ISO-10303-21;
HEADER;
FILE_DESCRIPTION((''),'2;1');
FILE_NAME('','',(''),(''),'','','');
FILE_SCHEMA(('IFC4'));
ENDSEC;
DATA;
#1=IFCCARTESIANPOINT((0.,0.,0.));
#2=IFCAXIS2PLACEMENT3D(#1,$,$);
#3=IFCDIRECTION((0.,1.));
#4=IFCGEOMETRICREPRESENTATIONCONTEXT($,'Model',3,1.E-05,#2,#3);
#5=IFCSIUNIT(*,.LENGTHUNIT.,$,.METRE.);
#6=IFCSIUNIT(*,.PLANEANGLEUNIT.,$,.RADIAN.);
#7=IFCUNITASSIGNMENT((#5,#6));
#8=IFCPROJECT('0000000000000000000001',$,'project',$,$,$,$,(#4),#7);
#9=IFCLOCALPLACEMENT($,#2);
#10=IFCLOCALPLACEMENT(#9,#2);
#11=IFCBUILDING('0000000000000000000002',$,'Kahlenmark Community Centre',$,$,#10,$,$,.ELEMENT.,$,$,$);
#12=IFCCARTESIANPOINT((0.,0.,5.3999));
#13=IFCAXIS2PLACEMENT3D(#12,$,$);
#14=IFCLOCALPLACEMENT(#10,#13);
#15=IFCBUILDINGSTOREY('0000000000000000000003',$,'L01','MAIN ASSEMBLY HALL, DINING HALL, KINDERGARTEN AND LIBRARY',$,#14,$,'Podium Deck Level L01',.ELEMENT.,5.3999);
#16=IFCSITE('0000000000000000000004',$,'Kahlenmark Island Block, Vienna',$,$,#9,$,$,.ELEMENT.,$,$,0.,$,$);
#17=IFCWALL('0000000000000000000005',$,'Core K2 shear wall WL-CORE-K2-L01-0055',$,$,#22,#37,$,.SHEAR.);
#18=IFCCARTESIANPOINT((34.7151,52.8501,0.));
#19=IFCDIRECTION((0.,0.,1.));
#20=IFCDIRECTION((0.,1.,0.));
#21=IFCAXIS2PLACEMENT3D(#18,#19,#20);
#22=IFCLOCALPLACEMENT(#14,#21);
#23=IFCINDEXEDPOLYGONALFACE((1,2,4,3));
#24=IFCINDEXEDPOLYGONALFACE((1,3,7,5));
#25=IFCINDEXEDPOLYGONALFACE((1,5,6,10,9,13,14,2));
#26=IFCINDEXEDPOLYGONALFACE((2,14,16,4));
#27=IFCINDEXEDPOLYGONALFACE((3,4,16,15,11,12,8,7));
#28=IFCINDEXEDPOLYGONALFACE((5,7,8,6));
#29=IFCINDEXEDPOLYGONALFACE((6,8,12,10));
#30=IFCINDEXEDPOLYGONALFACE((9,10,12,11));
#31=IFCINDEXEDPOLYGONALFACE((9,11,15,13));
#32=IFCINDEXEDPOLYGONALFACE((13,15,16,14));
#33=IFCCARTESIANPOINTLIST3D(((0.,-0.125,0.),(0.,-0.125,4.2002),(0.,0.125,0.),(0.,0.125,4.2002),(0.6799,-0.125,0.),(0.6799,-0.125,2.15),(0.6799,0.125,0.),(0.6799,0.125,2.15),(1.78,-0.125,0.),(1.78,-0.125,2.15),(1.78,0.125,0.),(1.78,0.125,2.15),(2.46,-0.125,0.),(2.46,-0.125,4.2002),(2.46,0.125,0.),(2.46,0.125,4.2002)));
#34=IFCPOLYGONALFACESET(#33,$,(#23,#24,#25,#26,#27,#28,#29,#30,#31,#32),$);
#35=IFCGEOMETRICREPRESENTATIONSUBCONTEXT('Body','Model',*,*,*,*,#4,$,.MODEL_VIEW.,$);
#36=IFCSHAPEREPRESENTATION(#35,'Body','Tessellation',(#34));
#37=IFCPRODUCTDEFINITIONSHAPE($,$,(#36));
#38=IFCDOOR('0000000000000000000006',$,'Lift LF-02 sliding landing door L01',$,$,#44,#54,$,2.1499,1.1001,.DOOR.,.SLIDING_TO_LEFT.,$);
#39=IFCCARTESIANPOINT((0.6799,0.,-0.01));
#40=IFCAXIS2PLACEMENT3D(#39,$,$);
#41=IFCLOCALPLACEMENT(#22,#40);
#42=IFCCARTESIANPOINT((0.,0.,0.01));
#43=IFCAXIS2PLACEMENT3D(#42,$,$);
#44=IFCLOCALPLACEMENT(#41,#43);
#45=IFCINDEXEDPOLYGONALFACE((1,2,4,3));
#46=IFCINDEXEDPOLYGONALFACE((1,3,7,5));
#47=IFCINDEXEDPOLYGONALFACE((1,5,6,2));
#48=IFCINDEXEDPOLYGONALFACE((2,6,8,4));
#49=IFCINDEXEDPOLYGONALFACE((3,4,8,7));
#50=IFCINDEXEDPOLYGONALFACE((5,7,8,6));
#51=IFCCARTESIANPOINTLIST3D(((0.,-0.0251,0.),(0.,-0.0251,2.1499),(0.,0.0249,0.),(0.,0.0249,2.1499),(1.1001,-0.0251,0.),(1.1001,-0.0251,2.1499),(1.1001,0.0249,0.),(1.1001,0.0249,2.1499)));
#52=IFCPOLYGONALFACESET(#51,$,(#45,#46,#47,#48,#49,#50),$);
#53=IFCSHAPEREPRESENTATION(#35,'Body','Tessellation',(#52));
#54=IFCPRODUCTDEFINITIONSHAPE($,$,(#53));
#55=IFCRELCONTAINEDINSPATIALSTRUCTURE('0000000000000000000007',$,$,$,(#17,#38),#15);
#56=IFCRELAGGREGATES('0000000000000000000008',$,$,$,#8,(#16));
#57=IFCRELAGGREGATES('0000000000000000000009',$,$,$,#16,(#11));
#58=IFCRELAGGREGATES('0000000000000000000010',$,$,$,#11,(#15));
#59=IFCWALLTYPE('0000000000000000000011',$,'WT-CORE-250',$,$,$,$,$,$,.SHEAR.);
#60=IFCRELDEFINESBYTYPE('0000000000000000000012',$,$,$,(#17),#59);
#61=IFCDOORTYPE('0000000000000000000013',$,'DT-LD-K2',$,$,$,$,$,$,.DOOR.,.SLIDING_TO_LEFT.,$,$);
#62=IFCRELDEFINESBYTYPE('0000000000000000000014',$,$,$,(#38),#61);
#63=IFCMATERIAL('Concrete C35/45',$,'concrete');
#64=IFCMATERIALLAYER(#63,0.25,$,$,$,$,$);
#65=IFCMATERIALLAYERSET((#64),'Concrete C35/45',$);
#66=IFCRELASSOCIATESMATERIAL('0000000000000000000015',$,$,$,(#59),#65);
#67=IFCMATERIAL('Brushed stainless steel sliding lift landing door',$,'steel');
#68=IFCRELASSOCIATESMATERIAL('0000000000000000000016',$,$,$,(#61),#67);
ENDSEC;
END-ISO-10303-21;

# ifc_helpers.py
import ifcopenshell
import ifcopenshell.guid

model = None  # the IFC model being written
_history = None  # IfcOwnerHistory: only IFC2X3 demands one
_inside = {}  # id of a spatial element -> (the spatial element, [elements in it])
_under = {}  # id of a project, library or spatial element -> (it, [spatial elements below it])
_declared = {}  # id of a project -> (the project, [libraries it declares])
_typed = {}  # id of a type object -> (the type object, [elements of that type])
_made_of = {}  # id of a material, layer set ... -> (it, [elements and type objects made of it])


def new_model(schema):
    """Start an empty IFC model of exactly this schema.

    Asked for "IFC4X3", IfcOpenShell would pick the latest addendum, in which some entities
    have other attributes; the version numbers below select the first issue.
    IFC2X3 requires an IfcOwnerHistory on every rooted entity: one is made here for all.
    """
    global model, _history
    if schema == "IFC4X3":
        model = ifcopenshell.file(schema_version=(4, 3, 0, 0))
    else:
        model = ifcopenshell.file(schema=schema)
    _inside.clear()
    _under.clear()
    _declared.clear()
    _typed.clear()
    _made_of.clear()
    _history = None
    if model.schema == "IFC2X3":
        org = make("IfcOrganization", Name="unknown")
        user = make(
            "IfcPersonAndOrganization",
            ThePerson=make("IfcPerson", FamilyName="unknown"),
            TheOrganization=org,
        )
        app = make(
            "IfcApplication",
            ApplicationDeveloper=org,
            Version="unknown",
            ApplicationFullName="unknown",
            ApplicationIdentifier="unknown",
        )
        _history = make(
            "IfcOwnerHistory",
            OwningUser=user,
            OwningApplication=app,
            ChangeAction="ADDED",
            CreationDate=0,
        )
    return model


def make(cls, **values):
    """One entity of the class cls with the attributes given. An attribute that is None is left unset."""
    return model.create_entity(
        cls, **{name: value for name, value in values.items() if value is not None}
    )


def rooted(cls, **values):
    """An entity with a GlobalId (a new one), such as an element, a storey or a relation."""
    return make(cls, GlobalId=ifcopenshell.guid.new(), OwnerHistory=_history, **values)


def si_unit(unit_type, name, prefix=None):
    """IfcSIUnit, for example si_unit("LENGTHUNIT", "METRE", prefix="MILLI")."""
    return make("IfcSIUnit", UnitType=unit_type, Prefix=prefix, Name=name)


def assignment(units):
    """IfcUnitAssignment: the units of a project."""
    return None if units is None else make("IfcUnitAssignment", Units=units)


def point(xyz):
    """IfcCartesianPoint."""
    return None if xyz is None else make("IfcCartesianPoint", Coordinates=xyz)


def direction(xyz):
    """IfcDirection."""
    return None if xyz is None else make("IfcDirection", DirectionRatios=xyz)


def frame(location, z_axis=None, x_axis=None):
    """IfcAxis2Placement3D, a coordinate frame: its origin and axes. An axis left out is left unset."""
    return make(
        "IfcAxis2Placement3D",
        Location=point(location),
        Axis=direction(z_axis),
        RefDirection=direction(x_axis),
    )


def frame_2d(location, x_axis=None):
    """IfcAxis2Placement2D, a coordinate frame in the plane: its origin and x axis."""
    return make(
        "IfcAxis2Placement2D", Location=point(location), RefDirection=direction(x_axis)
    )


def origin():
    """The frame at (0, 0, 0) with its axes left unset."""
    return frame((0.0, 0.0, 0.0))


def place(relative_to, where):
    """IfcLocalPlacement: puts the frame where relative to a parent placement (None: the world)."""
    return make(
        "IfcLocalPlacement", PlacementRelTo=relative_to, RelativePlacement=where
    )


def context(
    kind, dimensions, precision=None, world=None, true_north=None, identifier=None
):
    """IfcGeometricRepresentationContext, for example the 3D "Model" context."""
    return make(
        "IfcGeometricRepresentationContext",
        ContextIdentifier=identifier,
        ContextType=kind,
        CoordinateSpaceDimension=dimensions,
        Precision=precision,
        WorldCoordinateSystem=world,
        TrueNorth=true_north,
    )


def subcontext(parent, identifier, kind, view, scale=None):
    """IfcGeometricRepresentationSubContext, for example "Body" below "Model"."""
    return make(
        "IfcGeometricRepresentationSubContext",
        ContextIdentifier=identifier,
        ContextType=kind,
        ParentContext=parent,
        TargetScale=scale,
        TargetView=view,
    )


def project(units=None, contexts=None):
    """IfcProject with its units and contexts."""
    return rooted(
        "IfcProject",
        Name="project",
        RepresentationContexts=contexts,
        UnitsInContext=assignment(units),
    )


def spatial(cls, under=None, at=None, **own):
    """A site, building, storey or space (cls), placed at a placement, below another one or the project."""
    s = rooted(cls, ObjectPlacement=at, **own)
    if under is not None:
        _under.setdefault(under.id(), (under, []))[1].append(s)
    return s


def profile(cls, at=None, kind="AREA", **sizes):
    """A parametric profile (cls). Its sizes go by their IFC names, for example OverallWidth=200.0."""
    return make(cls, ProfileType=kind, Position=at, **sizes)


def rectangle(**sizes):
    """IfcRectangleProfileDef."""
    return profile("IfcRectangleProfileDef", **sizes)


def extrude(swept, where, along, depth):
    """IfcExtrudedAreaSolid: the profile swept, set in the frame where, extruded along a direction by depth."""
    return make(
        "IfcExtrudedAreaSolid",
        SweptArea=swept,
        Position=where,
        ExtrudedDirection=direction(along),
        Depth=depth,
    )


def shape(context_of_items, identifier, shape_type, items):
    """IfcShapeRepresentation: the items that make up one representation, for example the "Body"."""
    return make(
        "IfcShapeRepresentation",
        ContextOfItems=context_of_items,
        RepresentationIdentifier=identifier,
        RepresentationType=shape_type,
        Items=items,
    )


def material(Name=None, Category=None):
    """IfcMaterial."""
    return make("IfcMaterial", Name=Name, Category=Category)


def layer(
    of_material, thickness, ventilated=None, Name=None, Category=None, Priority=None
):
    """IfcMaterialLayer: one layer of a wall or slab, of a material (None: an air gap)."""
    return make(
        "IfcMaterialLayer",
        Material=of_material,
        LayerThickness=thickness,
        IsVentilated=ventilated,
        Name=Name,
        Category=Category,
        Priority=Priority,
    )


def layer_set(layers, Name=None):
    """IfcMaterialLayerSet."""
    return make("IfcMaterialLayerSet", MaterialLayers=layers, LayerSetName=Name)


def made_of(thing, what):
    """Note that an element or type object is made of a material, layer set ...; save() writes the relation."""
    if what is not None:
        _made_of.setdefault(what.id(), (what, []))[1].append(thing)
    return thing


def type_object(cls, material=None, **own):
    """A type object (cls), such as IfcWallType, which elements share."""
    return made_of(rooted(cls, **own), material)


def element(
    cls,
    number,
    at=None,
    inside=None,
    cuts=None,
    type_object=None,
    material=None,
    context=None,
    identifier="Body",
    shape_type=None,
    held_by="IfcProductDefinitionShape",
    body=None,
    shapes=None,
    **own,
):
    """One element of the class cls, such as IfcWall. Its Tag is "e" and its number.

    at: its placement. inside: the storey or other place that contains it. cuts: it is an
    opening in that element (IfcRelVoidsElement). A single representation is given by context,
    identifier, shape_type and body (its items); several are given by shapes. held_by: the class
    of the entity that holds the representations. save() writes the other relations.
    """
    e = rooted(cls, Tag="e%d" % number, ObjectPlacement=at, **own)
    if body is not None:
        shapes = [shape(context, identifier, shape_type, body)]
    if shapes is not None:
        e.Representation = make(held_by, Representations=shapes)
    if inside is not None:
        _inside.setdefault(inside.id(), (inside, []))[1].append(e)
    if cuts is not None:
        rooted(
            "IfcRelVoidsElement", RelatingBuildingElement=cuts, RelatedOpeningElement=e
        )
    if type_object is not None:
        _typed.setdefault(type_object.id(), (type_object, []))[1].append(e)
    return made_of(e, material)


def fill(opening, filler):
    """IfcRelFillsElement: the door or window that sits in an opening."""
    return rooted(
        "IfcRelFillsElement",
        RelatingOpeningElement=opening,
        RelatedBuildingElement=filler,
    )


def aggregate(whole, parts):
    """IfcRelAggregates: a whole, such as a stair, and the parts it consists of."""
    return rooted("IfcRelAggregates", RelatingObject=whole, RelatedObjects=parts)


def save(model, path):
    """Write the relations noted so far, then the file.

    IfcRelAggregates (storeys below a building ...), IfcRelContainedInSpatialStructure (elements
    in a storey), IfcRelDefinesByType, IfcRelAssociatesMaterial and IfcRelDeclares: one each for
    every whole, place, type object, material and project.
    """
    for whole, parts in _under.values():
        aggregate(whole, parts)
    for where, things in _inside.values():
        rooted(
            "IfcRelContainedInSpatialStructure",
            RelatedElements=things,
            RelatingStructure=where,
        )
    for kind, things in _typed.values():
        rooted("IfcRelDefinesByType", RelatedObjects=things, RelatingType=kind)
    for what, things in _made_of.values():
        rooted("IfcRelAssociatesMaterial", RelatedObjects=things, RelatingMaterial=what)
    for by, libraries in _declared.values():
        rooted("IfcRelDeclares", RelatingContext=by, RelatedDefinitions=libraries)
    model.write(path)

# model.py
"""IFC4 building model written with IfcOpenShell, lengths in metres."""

from ifc_helpers import new_model, si_unit, direction, frame, frame_2d, origin, place, context, subcontext, project, spatial, rectangle, extrude, material, layer, layer_set, type_object, element, fill, save


model = new_model("IFC4")

# Units and contexts
model_context = context("Model", 3, precision=1e-05, world=origin(), true_north=direction((0.0, 1.0)))
body_context = subcontext(model_context, "Body", "Model", "MODEL_VIEW")
ifc_project = project(units=[si_unit("LENGTHUNIT", "METRE"), si_unit("PLANEANGLEUNIT", "RADIAN")], contexts=[model_context])

# Site, building, storey
site_placement = place(None, origin())
site = spatial("IfcSite", under=ifc_project, at=site_placement, Name="Kahlenmark Island Block, Vienna", CompositionType="ELEMENT", RefElevation=0.0)
building_placement = place(site_placement, origin())
building = spatial("IfcBuilding", under=site, at=building_placement, Name="Kahlenmark Community Centre", CompositionType="ELEMENT")
storey_placement = place(building_placement, frame((0.0, 0.0, 5.3999)))
storey = spatial("IfcBuildingStorey", under=building, at=storey_placement, Name="L01", Description="MAIN ASSEMBLY HALL, DINING HALL, KINDERGARTEN AND LIBRARY", LongName="Podium Deck Level L01", CompositionType="ELEMENT", Elevation=5.3999)

# Shared definitions
ifc_material_1 = material(Name="Concrete C35/45", Category="concrete")
ifc_layer_1 = layer(ifc_material_1, 0.25)
ifc_layer_set_1 = layer_set([ifc_layer_1], Name="Concrete C35/45")
wall_type = type_object("IfcWallType", Name="WT-CORE-250", PredefinedType="SHEAR", material=ifc_layer_set_1)

# Wall, opening, door
wall_1_placement = place(storey_placement, frame((34.7151, 52.8501, 0.0), z_axis=(0.0, 0.0, 1.0), x_axis=(0.0, 1.0, 0.0)))
wall_1 = element("IfcWall", 1, at=wall_1_placement, inside=storey, type_object=wall_type, Name="Core K2 shear wall WL-CORE-K2-L01-0055", PredefinedType="SHEAR", context=body_context, shape_type="SweptSolid", body=[
    extrude(rectangle(XDim=2.46, YDim=0.25, at=frame_2d((1.23, 0.0))), origin(), (0.0, 0.0, 1.0), 4.2002),
])
opening_placement = place(wall_1_placement, frame((0.6799, 0.0, -0.01)))
opening = element("IfcOpeningElement", 2, at=opening_placement, cuts=wall_1, PredefinedType="OPENING", context=body_context, shape_type="SweptSolid", body=[
    extrude(rectangle(XDim=1.1001, YDim=2.1599, at=frame_2d((0.55, 1.0801))), frame((0.0, 0.135, 0.0), z_axis=(0.0, -1.0, 0.0), x_axis=(1.0, 0.0, 0.0)), (0.0, 0.0, 1.0), 0.27),
])
ifc_material_2 = material(Name="Brushed stainless steel sliding lift landing door", Category="steel")
door_type = type_object("IfcDoorType", Name="DT-LD-K2", OperationType="SLIDING_TO_LEFT", PredefinedType="DOOR", material=ifc_material_2)
door_placement = place(opening_placement, frame((0.0, 0.0, 0.01)))
door = element("IfcDoor", 3, at=door_placement, inside=storey, type_object=door_type, Name="Lift LF-02 sliding landing door L01", OperationType="SLIDING_TO_LEFT", OverallHeight=2.1499, OverallWidth=1.1001, PredefinedType="DOOR", context=body_context, shape_type="SweptSolid", body=[
    extrude(rectangle(XDim=1.1001, YDim=2.1499, at=frame_2d((0.55, 1.075))), frame((0.0, 0.0249, 0.0), z_axis=(0.0, -1.0, 0.0), x_axis=(1.0, 0.0, 0.0)), (0.0, 0.0, 1.0), 0.05),
])
fill(opening, door)

save(model, "model.ifc")
